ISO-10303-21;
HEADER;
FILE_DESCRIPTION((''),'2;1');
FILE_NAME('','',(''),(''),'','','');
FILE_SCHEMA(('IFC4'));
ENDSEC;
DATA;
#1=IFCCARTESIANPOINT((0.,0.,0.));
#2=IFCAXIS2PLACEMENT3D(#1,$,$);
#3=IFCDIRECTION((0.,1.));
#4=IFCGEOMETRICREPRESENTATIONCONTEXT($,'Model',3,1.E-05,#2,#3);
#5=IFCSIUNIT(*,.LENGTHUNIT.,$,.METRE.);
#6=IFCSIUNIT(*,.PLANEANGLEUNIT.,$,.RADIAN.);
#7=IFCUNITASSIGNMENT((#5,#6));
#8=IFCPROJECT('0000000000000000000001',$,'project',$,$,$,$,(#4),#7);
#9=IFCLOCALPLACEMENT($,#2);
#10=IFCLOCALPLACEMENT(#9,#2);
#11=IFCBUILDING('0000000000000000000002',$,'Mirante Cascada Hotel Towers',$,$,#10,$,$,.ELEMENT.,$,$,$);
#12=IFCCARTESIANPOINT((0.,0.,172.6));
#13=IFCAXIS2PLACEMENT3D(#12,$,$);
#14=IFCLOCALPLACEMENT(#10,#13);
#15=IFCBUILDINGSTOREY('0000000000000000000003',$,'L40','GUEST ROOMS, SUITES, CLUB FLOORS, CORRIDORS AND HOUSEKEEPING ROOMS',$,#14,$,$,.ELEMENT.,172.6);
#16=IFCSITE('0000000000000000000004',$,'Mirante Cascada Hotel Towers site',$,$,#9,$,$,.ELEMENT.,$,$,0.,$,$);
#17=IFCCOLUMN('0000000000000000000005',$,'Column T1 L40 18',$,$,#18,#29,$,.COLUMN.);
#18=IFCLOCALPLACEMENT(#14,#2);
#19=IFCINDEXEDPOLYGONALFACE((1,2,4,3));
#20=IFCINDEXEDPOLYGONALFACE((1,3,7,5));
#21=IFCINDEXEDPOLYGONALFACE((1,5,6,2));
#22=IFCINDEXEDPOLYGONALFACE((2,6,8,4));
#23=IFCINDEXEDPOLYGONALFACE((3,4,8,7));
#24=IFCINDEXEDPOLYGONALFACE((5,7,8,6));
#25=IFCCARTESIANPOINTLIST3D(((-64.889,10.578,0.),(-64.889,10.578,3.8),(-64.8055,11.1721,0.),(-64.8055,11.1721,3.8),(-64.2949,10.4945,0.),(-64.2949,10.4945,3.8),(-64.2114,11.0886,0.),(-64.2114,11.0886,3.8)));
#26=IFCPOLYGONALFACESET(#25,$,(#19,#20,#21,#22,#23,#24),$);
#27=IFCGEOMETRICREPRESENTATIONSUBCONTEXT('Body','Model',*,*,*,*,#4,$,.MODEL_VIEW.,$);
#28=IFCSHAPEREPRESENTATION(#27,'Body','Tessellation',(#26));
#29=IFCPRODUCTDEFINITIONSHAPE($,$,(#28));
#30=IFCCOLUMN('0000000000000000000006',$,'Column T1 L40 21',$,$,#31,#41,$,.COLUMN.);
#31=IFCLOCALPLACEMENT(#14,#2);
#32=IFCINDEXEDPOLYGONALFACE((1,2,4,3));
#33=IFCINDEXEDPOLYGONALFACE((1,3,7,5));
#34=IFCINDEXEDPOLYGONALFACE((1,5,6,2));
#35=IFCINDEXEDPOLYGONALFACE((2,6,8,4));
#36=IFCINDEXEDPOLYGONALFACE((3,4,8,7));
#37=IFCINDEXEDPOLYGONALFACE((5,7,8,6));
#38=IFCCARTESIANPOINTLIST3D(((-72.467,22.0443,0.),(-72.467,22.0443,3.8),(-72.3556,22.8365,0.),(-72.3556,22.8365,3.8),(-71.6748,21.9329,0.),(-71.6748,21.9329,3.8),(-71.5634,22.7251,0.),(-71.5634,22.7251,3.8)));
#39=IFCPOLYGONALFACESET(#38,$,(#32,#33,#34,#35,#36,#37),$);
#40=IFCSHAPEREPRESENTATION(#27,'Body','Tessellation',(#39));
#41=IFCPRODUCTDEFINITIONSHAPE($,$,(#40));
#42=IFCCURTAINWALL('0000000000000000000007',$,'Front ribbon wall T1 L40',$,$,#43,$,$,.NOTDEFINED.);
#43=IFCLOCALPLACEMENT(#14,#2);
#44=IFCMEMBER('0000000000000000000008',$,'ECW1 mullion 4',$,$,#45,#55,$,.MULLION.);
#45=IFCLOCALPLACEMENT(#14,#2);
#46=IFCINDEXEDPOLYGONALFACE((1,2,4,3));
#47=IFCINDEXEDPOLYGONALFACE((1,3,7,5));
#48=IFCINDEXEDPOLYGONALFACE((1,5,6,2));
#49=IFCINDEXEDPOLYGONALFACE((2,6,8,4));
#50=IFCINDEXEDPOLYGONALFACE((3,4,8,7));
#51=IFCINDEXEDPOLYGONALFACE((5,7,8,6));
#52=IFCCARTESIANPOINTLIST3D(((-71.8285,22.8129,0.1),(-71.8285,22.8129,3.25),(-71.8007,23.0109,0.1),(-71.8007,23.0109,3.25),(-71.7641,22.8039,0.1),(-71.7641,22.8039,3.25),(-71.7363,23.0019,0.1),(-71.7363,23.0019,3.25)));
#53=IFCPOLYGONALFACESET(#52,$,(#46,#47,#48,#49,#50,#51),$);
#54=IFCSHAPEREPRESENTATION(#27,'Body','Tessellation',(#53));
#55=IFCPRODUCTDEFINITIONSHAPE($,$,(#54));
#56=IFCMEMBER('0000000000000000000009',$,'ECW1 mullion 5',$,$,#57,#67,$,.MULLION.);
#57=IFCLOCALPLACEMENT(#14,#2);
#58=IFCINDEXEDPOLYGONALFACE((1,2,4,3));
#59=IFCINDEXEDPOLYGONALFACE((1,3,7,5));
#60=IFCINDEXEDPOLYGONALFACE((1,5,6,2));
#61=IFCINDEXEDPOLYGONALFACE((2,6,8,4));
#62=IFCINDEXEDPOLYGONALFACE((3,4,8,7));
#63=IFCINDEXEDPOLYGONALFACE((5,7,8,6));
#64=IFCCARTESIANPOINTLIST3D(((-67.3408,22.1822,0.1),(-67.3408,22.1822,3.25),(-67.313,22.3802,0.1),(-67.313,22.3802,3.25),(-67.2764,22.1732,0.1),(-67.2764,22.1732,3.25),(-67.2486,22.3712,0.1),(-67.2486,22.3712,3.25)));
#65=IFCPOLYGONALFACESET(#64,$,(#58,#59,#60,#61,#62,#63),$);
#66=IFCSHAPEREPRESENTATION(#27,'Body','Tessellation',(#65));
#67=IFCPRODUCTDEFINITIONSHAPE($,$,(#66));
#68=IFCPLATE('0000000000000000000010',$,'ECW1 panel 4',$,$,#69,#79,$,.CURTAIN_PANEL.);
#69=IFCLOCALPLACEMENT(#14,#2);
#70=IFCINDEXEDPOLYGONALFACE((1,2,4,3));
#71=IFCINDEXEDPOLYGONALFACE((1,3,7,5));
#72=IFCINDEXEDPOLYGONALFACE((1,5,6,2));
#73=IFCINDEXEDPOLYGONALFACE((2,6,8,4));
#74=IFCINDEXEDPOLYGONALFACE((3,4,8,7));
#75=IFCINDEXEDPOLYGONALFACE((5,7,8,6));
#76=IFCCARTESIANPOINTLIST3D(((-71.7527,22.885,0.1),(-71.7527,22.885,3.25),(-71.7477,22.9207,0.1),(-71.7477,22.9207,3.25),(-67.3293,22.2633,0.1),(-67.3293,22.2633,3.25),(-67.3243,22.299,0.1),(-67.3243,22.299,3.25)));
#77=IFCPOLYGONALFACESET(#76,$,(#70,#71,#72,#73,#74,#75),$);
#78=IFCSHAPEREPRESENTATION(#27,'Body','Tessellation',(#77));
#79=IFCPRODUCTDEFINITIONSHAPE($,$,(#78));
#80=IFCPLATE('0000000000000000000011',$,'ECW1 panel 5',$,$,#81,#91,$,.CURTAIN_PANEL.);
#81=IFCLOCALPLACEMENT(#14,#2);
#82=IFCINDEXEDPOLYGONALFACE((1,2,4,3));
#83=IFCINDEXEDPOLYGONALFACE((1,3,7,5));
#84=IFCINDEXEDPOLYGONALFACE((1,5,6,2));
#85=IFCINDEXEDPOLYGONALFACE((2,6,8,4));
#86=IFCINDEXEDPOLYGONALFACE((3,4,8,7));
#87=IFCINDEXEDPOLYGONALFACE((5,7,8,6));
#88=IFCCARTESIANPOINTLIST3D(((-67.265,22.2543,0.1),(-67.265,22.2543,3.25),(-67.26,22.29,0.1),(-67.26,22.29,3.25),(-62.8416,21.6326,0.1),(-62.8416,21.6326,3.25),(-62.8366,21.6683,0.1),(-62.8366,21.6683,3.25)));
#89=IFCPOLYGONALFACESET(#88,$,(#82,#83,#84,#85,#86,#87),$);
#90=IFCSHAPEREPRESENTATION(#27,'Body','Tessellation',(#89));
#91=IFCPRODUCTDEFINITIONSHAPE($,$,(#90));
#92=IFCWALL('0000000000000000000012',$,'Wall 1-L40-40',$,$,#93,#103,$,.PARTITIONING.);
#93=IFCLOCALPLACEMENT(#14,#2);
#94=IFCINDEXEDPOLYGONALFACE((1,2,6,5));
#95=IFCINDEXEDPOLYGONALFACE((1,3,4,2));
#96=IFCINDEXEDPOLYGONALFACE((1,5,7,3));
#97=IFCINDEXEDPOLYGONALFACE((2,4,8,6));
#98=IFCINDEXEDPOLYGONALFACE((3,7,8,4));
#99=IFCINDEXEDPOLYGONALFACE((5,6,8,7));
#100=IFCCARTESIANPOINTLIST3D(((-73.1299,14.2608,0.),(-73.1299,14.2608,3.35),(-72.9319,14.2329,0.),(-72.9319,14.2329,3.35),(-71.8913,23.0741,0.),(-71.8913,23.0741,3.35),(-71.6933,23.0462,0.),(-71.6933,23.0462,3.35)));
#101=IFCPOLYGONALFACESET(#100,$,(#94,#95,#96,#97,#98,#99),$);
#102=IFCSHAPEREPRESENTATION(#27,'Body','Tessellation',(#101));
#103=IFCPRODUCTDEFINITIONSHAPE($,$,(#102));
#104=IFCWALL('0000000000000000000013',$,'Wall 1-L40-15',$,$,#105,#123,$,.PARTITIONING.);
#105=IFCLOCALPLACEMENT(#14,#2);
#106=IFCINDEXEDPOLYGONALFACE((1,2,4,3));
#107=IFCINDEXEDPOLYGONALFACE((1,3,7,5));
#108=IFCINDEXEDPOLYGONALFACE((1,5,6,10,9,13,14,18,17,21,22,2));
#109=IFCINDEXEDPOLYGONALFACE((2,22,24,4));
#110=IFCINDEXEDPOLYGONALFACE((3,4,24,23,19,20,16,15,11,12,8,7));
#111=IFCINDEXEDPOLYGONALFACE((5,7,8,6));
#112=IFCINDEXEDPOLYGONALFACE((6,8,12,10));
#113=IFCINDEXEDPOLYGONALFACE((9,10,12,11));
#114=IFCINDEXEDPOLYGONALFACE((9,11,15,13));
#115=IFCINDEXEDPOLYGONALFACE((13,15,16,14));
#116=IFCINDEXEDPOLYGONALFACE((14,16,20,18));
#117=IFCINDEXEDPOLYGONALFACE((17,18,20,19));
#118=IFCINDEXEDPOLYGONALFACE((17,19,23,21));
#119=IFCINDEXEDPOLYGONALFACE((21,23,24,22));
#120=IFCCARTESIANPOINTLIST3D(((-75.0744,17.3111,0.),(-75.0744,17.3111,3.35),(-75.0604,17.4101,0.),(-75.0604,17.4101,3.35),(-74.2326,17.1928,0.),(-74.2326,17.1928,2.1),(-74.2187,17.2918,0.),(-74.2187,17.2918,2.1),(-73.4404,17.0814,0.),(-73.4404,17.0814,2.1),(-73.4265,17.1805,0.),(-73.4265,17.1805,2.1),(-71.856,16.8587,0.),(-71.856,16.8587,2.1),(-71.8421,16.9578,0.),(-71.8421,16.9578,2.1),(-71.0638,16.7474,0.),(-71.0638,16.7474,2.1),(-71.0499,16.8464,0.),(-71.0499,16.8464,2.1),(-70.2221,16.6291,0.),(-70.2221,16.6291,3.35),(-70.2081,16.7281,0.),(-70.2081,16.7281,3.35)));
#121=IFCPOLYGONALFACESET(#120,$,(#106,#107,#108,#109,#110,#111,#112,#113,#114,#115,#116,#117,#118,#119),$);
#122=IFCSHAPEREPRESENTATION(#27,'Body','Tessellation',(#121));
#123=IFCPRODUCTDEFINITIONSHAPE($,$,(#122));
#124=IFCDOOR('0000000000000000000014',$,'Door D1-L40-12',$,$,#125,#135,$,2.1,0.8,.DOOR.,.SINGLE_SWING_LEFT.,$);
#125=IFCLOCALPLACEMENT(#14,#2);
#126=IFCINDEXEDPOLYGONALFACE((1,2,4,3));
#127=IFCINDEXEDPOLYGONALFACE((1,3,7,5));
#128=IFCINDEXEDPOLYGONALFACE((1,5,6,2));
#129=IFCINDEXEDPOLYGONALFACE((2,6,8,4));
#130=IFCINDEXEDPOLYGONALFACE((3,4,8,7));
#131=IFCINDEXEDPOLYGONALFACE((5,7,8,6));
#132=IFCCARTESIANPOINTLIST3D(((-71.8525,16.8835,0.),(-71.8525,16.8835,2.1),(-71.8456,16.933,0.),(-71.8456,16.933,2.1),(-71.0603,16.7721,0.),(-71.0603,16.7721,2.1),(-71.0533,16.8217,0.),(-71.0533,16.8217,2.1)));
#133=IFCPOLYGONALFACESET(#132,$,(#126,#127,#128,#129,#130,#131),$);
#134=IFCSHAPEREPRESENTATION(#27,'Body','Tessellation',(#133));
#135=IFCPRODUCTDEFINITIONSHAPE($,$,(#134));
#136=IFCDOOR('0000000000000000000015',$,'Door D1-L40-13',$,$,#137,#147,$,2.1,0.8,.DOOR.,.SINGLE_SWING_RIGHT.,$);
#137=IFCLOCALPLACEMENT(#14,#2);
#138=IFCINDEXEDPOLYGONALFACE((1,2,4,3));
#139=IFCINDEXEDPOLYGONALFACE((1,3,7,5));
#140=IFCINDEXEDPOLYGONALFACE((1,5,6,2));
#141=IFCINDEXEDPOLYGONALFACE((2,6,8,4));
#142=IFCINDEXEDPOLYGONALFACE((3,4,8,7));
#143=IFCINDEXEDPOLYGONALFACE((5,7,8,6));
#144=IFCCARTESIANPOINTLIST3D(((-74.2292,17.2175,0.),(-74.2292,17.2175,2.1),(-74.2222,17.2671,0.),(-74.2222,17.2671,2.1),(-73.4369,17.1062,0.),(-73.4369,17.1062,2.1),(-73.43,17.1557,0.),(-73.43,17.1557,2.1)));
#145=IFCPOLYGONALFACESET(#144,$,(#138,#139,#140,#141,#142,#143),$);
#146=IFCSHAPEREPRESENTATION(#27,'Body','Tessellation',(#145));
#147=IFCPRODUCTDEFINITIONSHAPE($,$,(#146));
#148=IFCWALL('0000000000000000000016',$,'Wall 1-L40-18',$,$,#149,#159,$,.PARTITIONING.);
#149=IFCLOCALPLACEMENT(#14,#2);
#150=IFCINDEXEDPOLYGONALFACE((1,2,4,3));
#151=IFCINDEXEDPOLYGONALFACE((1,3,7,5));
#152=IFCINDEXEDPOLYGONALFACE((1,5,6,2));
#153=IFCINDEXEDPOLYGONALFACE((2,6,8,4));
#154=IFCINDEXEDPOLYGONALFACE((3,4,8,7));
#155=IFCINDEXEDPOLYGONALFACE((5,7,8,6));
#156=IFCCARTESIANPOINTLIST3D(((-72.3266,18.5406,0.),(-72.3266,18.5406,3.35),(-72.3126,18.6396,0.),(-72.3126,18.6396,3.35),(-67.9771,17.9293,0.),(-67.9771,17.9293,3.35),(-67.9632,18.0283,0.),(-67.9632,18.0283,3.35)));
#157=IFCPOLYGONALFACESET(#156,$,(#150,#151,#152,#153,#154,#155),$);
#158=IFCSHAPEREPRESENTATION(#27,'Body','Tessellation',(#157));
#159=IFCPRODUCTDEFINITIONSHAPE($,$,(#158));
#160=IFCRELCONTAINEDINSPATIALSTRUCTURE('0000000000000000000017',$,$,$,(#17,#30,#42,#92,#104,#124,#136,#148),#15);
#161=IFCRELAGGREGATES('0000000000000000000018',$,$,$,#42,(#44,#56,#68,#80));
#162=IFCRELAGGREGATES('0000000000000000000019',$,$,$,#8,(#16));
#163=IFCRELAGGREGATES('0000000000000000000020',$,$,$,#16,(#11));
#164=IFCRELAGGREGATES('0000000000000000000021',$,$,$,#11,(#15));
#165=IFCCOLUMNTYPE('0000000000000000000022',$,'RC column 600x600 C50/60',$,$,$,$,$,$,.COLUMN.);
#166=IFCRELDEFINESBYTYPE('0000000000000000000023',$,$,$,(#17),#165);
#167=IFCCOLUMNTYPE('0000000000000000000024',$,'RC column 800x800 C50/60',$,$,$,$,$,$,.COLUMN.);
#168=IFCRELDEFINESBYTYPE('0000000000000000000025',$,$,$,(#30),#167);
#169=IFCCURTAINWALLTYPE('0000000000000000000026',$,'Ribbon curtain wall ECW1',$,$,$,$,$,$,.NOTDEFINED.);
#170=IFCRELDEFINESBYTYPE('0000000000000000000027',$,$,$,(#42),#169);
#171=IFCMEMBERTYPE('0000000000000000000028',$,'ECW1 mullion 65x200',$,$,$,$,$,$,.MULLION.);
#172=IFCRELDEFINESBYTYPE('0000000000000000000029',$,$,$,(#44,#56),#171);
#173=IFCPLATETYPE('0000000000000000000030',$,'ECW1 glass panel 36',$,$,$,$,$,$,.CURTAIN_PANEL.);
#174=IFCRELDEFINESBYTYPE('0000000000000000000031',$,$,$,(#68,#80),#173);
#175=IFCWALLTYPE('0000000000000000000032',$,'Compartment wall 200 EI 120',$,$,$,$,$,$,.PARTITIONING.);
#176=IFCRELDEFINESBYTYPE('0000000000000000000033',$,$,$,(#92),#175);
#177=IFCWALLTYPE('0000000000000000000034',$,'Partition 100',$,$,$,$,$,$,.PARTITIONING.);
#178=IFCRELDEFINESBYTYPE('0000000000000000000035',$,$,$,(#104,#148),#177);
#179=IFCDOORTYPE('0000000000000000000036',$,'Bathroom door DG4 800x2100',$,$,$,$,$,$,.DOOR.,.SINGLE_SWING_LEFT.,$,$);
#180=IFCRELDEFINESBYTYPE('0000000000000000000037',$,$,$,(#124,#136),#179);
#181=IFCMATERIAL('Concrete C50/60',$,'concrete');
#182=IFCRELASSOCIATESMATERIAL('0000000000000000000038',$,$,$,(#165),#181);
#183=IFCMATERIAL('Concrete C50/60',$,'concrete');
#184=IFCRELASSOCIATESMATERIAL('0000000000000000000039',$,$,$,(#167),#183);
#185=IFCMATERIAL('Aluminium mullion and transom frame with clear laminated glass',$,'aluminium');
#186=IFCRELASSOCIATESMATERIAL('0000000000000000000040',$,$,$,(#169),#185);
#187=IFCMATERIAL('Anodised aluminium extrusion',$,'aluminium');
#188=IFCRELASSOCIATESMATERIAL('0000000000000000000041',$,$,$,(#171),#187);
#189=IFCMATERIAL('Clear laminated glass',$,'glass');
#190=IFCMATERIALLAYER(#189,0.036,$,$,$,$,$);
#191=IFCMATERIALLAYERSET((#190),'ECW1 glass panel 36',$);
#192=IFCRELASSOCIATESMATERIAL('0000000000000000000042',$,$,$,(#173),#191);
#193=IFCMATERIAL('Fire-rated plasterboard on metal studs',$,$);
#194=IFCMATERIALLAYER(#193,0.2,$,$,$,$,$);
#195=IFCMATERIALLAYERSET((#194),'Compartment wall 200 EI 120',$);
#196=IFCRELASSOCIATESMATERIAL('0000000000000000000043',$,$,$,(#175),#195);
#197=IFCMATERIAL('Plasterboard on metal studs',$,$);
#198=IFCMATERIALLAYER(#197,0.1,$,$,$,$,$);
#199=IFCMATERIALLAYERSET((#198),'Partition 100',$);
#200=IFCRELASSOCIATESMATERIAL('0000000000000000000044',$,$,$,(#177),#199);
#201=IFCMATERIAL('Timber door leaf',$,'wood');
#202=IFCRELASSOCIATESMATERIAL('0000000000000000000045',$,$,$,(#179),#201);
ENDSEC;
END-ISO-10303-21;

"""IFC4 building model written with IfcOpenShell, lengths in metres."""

from ifc_helpers import new_model, si_unit, direction, frame, frame_2d, origin, origin_2d, place, context, subcontext, project, spatial, rectangle, extrude, material, layer, layer_set, material_profile, profile_set, type_object, element, fill, aggregate, save


model = new_model("IFC4")

# Units and contexts
model_context = context("Model", 3, precision=1e-05, world=origin(), true_north=direction((0.0, 1.0)))
body_context = subcontext(model_context, "Body", "Model", "MODEL_VIEW")
ifc_project = project(units=[si_unit("LENGTHUNIT", "METRE"), si_unit("PLANEANGLEUNIT", "RADIAN")], contexts=[model_context])

# Site, building, storey
site_placement = place(None, origin())
site = spatial("IfcSite", under=ifc_project, at=site_placement, Name="Mirante Cascada Hotel Towers site", CompositionType="ELEMENT", RefElevation=0.0)
building_placement = place(site_placement, origin())
building = spatial("IfcBuilding", under=site, at=building_placement, Name="Mirante Cascada Hotel Towers", CompositionType="ELEMENT")
storey_placement = place(building_placement, frame((0.0, 0.0, 172.6)))
storey = spatial("IfcBuildingStorey", under=building, at=storey_placement, Name="L40", Description="GUEST ROOMS, SUITES, CLUB FLOORS, CORRIDORS AND HOUSEKEEPING ROOMS", CompositionType="ELEMENT", Elevation=172.6)

# Columns
ifc_material_1 = material(Name="Concrete C50/60", Category="concrete")
ifc_material_profile_1 = material_profile(ifc_material_1, rectangle(XDim=0.6, YDim=0.6, at=origin_2d()), Name="RC column 600x600 C50/60")
ifc_profile_set_1 = profile_set([ifc_material_profile_1], Name="Concrete C50/60")
column_type_1 = type_object("IfcColumnType", Name="RC column 600x600 C50/60", PredefinedType="COLUMN", material=ifc_profile_set_1)
column_1_placement = place(storey_placement, frame((-64.5502, 10.8333, 0.0), z_axis=(0.0, 0.0, 1.0), x_axis=(-0.990268, 0.139173, 0.0)))
element("IfcColumn", 1, at=column_1_placement, inside=storey, type_object=column_type_1, Name="Column T1 L40 18", PredefinedType="COLUMN", context=body_context, shape_type="SweptSolid", body=[
    extrude(rectangle(XDim=0.6, YDim=0.6, at=origin_2d()), origin(), (0.0, 0.0, 1.0), 3.8),
])
ifc_material_2 = material(Name="Concrete C50/60", Category="concrete")
ifc_material_profile_2 = material_profile(ifc_material_2, rectangle(XDim=0.8, YDim=0.8, at=origin_2d()), Name="RC column 800x800 C50/60")
ifc_profile_set_2 = profile_set([ifc_material_profile_2], Name="Concrete C50/60")
column_type_2 = type_object("IfcColumnType", Name="RC column 800x800 C50/60", PredefinedType="COLUMN", material=ifc_profile_set_2)
column_2_placement = place(storey_placement, frame((-72.0152, 22.3847, 0.0), z_axis=(0.0, 0.0, 1.0), x_axis=(-0.990268, 0.139173, 0.0)))
element("IfcColumn", 2, at=column_2_placement, inside=storey, type_object=column_type_2, Name="Column T1 L40 21", PredefinedType="COLUMN", context=body_context, shape_type="SweptSolid", body=[
    extrude(rectangle(XDim=0.8, YDim=0.8, at=origin_2d()), origin(), (0.0, 0.0, 1.0), 3.8),
])

# Curtain wall, members, plates
ifc_material_3 = material(Name="Aluminium mullion and transom frame with clear laminated glass", Category="aluminium")
curtain_wall_type = type_object("IfcCurtainWallType", Name="Ribbon curtain wall ECW1", PredefinedType="NOTDEFINED", material=ifc_material_3)
curtain_wall_placement = place(storey_placement, origin())
curtain_wall = element("IfcCurtainWall", 3, at=curtain_wall_placement, inside=storey, type_object=curtain_wall_type, Name="Front ribbon wall T1 L40", PredefinedType="NOTDEFINED")
ifc_material_4 = material(Name="Anodised aluminium extrusion", Category="aluminium")
ifc_material_profile_3 = material_profile(ifc_material_4, rectangle(XDim=0.2, YDim=0.065, at=origin_2d()), Name="ECW1 MULLION 65x200")
ifc_profile_set_3 = profile_set([ifc_material_profile_3], Name="Anodised aluminium extrusion")
member_type = type_object("IfcMemberType", Name="ECW1 mullion 65x200", PredefinedType="MULLION", material=ifc_profile_set_3)
member_1_placement = place(storey_placement, frame((-71.7824, 22.9074, 0.1), z_axis=(0.0, 0.0, 1.0), x_axis=(0.139173, 0.990268, 0.0)))
member_1 = element("IfcMember", 4, at=member_1_placement, type_object=member_type, Name="ECW1 mullion 4", PredefinedType="MULLION", context=body_context, shape_type="SweptSolid", body=[
    extrude(rectangle(XDim=0.2, YDim=0.065, at=origin_2d()), origin(), (0.0, 0.0, 1.0), 3.15),
])
member_2_placement = place(storey_placement, frame((-67.2947, 22.2767, 0.1), z_axis=(0.0, 0.0, 1.0), x_axis=(0.139173, 0.990268, 0.0)))
member_2 = element("IfcMember", 5, at=member_2_placement, type_object=member_type, Name="ECW1 mullion 5", PredefinedType="MULLION", context=body_context, shape_type="SweptSolid", body=[
    extrude(rectangle(XDim=0.2, YDim=0.065, at=origin_2d()), origin(), (0.0, 0.0, 1.0), 3.15),
])
ifc_material_5 = material(Name="Clear laminated glass", Category="glass")
ifc_layer_1 = layer(ifc_material_5, 0.036)
ifc_layer_set_1 = layer_set([ifc_layer_1], Name="ECW1 glass panel 36")
plate_type = type_object("IfcPlateType", Name="ECW1 glass panel 36", PredefinedType="CURTAIN_PANEL", material=ifc_layer_set_1)
plate_1_placement = place(storey_placement, frame((-69.5385, 22.592, 0.1), z_axis=(0.0, 0.0, 1.0), x_axis=(0.990268, -0.139173, 0.0)))
plate_1 = element("IfcPlate", 6, at=plate_1_placement, type_object=plate_type, Name="ECW1 panel 4", PredefinedType="CURTAIN_PANEL", context=body_context, shape_type="SweptSolid", body=[
    extrude(rectangle(XDim=4.4669, YDim=0.036, at=origin_2d()), origin(), (0.0, 0.0, 1.0), 3.15),
])
plate_2_placement = place(storey_placement, frame((-65.0508, 21.9613, 0.1), z_axis=(0.0, 0.0, 1.0), x_axis=(0.990268, -0.139173, 0.0)))
plate_2 = element("IfcPlate", 7, at=plate_2_placement, type_object=plate_type, Name="ECW1 panel 5", PredefinedType="CURTAIN_PANEL", context=body_context, shape_type="SweptSolid", body=[
    extrude(rectangle(XDim=4.4669, YDim=0.036, at=origin_2d()), origin(), (0.0, 0.0, 1.0), 3.15),
])
aggregate(curtain_wall, [member_1, member_2, plate_1, plate_2])

# Wall
ifc_material_6 = material(Name="Fire-rated plasterboard on metal studs")
ifc_layer_2 = layer(ifc_material_6, 0.2)
ifc_layer_set_2 = layer_set([ifc_layer_2], Name="Compartment wall 200 EI 120")
wall_type_1 = type_object("IfcWallType", Name="Compartment wall 200 EI 120", PredefinedType="PARTITIONING", material=ifc_layer_set_2)
wall_1_placement = place(storey_placement, frame((-71.7923, 23.0602, 0.0), z_axis=(0.0, 0.0, 1.0), x_axis=(-0.13917, -0.990268, 0.0)))
element("IfcWall", 8, at=wall_1_placement, inside=storey, type_object=wall_type_1, Name="Wall 1-L40-40", PredefinedType="PARTITIONING", context=body_context, shape_type="SweptSolid", body=[
    extrude(rectangle(XDim=8.8999, YDim=0.2, at=frame_2d((4.45, 0.0))), origin(), (0.0, 0.0, 1.0), 3.35),
])

# Wall, openings, doors
ifc_material_7 = material(Name="Plasterboard on metal studs")
ifc_layer_3 = layer(ifc_material_7, 0.1)
ifc_layer_set_3 = layer_set([ifc_layer_3], Name="Partition 100")
wall_type_2 = type_object("IfcWallType", Name="Partition 100", PredefinedType="PARTITIONING", material=ifc_layer_set_3)
wall_2_placement = place(storey_placement, frame((-70.2151, 16.6786, 0.0), z_axis=(0.0, 0.0, 1.0), x_axis=(-0.990267, 0.139184, 0.0)))
wall_2 = element("IfcWall", 9, at=wall_2_placement, inside=storey, type_object=wall_type_2, Name="Wall 1-L40-15", PredefinedType="PARTITIONING", context=body_context, shape_type="SweptSolid", body=[
    extrude(rectangle(XDim=4.9, YDim=0.1, at=frame_2d((2.45, 0.0))), origin(), (0.0, 0.0, 1.0), 3.35),
])
opening_1_placement = place(wall_2_placement, frame((0.85, 0.0, 0.0)))
opening_1 = element("IfcOpeningElement", 10, at=opening_1_placement, cuts=wall_2, PredefinedType="OPENING", context=body_context, shape_type="SweptSolid", body=[
    extrude(rectangle(XDim=0.8, YDim=2.1, at=frame_2d((0.4, 1.05))), frame((0.0, 0.05, 0.0), z_axis=(0.0, -1.0, 0.0), x_axis=(1.0, 0.0, 0.0)), (0.0, 0.0, 1.0), 0.1),
])
opening_2_placement = place(wall_2_placement, frame((3.25, 0.0, 0.0)))
opening_2 = element("IfcOpeningElement", 11, at=opening_2_placement, cuts=wall_2, PredefinedType="OPENING", context=body_context, shape_type="SweptSolid", body=[
    extrude(rectangle(XDim=0.8, YDim=2.1, at=frame_2d((0.4, 1.05))), frame((0.0, 0.05, 0.0), z_axis=(0.0, -1.0, 0.0), x_axis=(1.0, 0.0, 0.0)), (0.0, 0.0, 1.0), 0.1),
])
ifc_material_8 = material(Name="Timber door leaf", Category="wood")
door_type_1 = type_object("IfcDoorType", Name="Bathroom door DG4 800x2100", OperationType="SINGLE_SWING_LEFT", PredefinedType="DOOR", material=ifc_material_8)
door_1_placement = place(opening_1_placement, origin())
door_1 = element("IfcDoor", 12, at=door_1_placement, inside=storey, type_object=door_type_1, Name="Door D1-L40-12", OperationType="SINGLE_SWING_LEFT", OverallHeight=2.1, OverallWidth=0.8, PredefinedType="DOOR", context=body_context, shape_type="SweptSolid", body=[
    extrude(rectangle(XDim=0.8, YDim=2.1, at=frame_2d((0.4, 1.05))), frame((0.0, 0.025, 0.0), z_axis=(0.0, -1.0, 0.0), x_axis=(1.0, 0.0, 0.0)), (0.0, 0.0, 1.0), 0.05),
])
fill(opening_1, door_1)
door_2_placement = place(opening_2_placement, frame((0.8, 0.0, 0.0), z_axis=(0.0, 0.0, 1.0), x_axis=(-1.0, 0.0, 0.0)))
door_2 = element("IfcDoor", 13, at=door_2_placement, inside=storey, type_object=door_type_1, Name="Door D1-L40-13", OperationType="SINGLE_SWING_RIGHT", OverallHeight=2.1, OverallWidth=0.8, PredefinedType="DOOR", context=body_context, shape_type="SweptSolid", body=[
    extrude(rectangle(XDim=0.8, YDim=2.1, at=frame_2d((0.4, 1.05))), frame((0.0, 0.025, 0.0), z_axis=(0.0, -1.0, 0.0), x_axis=(1.0, 0.0, 0.0)), (0.0, 0.0, 1.0), 0.05),
])
fill(opening_2, door_2)

# Wall
wall_3_placement = place(storey_placement, frame((-72.3196, 18.5901, 0.0), z_axis=(0.0, 0.0, 1.0), x_axis=(0.990267, -0.139177, 0.0)))
element("IfcWall", 14, at=wall_3_placement, inside=storey, type_object=wall_type_2, Name="Wall 1-L40-18", PredefinedType="PARTITIONING", context=body_context, shape_type="SweptSolid", body=[
    extrude(rectangle(XDim=4.3922, YDim=0.1, at=frame_2d((2.1961, 0.0))), origin(), (0.0, 0.0, 1.0), 3.35),
])

save(model, "model.ifc")
